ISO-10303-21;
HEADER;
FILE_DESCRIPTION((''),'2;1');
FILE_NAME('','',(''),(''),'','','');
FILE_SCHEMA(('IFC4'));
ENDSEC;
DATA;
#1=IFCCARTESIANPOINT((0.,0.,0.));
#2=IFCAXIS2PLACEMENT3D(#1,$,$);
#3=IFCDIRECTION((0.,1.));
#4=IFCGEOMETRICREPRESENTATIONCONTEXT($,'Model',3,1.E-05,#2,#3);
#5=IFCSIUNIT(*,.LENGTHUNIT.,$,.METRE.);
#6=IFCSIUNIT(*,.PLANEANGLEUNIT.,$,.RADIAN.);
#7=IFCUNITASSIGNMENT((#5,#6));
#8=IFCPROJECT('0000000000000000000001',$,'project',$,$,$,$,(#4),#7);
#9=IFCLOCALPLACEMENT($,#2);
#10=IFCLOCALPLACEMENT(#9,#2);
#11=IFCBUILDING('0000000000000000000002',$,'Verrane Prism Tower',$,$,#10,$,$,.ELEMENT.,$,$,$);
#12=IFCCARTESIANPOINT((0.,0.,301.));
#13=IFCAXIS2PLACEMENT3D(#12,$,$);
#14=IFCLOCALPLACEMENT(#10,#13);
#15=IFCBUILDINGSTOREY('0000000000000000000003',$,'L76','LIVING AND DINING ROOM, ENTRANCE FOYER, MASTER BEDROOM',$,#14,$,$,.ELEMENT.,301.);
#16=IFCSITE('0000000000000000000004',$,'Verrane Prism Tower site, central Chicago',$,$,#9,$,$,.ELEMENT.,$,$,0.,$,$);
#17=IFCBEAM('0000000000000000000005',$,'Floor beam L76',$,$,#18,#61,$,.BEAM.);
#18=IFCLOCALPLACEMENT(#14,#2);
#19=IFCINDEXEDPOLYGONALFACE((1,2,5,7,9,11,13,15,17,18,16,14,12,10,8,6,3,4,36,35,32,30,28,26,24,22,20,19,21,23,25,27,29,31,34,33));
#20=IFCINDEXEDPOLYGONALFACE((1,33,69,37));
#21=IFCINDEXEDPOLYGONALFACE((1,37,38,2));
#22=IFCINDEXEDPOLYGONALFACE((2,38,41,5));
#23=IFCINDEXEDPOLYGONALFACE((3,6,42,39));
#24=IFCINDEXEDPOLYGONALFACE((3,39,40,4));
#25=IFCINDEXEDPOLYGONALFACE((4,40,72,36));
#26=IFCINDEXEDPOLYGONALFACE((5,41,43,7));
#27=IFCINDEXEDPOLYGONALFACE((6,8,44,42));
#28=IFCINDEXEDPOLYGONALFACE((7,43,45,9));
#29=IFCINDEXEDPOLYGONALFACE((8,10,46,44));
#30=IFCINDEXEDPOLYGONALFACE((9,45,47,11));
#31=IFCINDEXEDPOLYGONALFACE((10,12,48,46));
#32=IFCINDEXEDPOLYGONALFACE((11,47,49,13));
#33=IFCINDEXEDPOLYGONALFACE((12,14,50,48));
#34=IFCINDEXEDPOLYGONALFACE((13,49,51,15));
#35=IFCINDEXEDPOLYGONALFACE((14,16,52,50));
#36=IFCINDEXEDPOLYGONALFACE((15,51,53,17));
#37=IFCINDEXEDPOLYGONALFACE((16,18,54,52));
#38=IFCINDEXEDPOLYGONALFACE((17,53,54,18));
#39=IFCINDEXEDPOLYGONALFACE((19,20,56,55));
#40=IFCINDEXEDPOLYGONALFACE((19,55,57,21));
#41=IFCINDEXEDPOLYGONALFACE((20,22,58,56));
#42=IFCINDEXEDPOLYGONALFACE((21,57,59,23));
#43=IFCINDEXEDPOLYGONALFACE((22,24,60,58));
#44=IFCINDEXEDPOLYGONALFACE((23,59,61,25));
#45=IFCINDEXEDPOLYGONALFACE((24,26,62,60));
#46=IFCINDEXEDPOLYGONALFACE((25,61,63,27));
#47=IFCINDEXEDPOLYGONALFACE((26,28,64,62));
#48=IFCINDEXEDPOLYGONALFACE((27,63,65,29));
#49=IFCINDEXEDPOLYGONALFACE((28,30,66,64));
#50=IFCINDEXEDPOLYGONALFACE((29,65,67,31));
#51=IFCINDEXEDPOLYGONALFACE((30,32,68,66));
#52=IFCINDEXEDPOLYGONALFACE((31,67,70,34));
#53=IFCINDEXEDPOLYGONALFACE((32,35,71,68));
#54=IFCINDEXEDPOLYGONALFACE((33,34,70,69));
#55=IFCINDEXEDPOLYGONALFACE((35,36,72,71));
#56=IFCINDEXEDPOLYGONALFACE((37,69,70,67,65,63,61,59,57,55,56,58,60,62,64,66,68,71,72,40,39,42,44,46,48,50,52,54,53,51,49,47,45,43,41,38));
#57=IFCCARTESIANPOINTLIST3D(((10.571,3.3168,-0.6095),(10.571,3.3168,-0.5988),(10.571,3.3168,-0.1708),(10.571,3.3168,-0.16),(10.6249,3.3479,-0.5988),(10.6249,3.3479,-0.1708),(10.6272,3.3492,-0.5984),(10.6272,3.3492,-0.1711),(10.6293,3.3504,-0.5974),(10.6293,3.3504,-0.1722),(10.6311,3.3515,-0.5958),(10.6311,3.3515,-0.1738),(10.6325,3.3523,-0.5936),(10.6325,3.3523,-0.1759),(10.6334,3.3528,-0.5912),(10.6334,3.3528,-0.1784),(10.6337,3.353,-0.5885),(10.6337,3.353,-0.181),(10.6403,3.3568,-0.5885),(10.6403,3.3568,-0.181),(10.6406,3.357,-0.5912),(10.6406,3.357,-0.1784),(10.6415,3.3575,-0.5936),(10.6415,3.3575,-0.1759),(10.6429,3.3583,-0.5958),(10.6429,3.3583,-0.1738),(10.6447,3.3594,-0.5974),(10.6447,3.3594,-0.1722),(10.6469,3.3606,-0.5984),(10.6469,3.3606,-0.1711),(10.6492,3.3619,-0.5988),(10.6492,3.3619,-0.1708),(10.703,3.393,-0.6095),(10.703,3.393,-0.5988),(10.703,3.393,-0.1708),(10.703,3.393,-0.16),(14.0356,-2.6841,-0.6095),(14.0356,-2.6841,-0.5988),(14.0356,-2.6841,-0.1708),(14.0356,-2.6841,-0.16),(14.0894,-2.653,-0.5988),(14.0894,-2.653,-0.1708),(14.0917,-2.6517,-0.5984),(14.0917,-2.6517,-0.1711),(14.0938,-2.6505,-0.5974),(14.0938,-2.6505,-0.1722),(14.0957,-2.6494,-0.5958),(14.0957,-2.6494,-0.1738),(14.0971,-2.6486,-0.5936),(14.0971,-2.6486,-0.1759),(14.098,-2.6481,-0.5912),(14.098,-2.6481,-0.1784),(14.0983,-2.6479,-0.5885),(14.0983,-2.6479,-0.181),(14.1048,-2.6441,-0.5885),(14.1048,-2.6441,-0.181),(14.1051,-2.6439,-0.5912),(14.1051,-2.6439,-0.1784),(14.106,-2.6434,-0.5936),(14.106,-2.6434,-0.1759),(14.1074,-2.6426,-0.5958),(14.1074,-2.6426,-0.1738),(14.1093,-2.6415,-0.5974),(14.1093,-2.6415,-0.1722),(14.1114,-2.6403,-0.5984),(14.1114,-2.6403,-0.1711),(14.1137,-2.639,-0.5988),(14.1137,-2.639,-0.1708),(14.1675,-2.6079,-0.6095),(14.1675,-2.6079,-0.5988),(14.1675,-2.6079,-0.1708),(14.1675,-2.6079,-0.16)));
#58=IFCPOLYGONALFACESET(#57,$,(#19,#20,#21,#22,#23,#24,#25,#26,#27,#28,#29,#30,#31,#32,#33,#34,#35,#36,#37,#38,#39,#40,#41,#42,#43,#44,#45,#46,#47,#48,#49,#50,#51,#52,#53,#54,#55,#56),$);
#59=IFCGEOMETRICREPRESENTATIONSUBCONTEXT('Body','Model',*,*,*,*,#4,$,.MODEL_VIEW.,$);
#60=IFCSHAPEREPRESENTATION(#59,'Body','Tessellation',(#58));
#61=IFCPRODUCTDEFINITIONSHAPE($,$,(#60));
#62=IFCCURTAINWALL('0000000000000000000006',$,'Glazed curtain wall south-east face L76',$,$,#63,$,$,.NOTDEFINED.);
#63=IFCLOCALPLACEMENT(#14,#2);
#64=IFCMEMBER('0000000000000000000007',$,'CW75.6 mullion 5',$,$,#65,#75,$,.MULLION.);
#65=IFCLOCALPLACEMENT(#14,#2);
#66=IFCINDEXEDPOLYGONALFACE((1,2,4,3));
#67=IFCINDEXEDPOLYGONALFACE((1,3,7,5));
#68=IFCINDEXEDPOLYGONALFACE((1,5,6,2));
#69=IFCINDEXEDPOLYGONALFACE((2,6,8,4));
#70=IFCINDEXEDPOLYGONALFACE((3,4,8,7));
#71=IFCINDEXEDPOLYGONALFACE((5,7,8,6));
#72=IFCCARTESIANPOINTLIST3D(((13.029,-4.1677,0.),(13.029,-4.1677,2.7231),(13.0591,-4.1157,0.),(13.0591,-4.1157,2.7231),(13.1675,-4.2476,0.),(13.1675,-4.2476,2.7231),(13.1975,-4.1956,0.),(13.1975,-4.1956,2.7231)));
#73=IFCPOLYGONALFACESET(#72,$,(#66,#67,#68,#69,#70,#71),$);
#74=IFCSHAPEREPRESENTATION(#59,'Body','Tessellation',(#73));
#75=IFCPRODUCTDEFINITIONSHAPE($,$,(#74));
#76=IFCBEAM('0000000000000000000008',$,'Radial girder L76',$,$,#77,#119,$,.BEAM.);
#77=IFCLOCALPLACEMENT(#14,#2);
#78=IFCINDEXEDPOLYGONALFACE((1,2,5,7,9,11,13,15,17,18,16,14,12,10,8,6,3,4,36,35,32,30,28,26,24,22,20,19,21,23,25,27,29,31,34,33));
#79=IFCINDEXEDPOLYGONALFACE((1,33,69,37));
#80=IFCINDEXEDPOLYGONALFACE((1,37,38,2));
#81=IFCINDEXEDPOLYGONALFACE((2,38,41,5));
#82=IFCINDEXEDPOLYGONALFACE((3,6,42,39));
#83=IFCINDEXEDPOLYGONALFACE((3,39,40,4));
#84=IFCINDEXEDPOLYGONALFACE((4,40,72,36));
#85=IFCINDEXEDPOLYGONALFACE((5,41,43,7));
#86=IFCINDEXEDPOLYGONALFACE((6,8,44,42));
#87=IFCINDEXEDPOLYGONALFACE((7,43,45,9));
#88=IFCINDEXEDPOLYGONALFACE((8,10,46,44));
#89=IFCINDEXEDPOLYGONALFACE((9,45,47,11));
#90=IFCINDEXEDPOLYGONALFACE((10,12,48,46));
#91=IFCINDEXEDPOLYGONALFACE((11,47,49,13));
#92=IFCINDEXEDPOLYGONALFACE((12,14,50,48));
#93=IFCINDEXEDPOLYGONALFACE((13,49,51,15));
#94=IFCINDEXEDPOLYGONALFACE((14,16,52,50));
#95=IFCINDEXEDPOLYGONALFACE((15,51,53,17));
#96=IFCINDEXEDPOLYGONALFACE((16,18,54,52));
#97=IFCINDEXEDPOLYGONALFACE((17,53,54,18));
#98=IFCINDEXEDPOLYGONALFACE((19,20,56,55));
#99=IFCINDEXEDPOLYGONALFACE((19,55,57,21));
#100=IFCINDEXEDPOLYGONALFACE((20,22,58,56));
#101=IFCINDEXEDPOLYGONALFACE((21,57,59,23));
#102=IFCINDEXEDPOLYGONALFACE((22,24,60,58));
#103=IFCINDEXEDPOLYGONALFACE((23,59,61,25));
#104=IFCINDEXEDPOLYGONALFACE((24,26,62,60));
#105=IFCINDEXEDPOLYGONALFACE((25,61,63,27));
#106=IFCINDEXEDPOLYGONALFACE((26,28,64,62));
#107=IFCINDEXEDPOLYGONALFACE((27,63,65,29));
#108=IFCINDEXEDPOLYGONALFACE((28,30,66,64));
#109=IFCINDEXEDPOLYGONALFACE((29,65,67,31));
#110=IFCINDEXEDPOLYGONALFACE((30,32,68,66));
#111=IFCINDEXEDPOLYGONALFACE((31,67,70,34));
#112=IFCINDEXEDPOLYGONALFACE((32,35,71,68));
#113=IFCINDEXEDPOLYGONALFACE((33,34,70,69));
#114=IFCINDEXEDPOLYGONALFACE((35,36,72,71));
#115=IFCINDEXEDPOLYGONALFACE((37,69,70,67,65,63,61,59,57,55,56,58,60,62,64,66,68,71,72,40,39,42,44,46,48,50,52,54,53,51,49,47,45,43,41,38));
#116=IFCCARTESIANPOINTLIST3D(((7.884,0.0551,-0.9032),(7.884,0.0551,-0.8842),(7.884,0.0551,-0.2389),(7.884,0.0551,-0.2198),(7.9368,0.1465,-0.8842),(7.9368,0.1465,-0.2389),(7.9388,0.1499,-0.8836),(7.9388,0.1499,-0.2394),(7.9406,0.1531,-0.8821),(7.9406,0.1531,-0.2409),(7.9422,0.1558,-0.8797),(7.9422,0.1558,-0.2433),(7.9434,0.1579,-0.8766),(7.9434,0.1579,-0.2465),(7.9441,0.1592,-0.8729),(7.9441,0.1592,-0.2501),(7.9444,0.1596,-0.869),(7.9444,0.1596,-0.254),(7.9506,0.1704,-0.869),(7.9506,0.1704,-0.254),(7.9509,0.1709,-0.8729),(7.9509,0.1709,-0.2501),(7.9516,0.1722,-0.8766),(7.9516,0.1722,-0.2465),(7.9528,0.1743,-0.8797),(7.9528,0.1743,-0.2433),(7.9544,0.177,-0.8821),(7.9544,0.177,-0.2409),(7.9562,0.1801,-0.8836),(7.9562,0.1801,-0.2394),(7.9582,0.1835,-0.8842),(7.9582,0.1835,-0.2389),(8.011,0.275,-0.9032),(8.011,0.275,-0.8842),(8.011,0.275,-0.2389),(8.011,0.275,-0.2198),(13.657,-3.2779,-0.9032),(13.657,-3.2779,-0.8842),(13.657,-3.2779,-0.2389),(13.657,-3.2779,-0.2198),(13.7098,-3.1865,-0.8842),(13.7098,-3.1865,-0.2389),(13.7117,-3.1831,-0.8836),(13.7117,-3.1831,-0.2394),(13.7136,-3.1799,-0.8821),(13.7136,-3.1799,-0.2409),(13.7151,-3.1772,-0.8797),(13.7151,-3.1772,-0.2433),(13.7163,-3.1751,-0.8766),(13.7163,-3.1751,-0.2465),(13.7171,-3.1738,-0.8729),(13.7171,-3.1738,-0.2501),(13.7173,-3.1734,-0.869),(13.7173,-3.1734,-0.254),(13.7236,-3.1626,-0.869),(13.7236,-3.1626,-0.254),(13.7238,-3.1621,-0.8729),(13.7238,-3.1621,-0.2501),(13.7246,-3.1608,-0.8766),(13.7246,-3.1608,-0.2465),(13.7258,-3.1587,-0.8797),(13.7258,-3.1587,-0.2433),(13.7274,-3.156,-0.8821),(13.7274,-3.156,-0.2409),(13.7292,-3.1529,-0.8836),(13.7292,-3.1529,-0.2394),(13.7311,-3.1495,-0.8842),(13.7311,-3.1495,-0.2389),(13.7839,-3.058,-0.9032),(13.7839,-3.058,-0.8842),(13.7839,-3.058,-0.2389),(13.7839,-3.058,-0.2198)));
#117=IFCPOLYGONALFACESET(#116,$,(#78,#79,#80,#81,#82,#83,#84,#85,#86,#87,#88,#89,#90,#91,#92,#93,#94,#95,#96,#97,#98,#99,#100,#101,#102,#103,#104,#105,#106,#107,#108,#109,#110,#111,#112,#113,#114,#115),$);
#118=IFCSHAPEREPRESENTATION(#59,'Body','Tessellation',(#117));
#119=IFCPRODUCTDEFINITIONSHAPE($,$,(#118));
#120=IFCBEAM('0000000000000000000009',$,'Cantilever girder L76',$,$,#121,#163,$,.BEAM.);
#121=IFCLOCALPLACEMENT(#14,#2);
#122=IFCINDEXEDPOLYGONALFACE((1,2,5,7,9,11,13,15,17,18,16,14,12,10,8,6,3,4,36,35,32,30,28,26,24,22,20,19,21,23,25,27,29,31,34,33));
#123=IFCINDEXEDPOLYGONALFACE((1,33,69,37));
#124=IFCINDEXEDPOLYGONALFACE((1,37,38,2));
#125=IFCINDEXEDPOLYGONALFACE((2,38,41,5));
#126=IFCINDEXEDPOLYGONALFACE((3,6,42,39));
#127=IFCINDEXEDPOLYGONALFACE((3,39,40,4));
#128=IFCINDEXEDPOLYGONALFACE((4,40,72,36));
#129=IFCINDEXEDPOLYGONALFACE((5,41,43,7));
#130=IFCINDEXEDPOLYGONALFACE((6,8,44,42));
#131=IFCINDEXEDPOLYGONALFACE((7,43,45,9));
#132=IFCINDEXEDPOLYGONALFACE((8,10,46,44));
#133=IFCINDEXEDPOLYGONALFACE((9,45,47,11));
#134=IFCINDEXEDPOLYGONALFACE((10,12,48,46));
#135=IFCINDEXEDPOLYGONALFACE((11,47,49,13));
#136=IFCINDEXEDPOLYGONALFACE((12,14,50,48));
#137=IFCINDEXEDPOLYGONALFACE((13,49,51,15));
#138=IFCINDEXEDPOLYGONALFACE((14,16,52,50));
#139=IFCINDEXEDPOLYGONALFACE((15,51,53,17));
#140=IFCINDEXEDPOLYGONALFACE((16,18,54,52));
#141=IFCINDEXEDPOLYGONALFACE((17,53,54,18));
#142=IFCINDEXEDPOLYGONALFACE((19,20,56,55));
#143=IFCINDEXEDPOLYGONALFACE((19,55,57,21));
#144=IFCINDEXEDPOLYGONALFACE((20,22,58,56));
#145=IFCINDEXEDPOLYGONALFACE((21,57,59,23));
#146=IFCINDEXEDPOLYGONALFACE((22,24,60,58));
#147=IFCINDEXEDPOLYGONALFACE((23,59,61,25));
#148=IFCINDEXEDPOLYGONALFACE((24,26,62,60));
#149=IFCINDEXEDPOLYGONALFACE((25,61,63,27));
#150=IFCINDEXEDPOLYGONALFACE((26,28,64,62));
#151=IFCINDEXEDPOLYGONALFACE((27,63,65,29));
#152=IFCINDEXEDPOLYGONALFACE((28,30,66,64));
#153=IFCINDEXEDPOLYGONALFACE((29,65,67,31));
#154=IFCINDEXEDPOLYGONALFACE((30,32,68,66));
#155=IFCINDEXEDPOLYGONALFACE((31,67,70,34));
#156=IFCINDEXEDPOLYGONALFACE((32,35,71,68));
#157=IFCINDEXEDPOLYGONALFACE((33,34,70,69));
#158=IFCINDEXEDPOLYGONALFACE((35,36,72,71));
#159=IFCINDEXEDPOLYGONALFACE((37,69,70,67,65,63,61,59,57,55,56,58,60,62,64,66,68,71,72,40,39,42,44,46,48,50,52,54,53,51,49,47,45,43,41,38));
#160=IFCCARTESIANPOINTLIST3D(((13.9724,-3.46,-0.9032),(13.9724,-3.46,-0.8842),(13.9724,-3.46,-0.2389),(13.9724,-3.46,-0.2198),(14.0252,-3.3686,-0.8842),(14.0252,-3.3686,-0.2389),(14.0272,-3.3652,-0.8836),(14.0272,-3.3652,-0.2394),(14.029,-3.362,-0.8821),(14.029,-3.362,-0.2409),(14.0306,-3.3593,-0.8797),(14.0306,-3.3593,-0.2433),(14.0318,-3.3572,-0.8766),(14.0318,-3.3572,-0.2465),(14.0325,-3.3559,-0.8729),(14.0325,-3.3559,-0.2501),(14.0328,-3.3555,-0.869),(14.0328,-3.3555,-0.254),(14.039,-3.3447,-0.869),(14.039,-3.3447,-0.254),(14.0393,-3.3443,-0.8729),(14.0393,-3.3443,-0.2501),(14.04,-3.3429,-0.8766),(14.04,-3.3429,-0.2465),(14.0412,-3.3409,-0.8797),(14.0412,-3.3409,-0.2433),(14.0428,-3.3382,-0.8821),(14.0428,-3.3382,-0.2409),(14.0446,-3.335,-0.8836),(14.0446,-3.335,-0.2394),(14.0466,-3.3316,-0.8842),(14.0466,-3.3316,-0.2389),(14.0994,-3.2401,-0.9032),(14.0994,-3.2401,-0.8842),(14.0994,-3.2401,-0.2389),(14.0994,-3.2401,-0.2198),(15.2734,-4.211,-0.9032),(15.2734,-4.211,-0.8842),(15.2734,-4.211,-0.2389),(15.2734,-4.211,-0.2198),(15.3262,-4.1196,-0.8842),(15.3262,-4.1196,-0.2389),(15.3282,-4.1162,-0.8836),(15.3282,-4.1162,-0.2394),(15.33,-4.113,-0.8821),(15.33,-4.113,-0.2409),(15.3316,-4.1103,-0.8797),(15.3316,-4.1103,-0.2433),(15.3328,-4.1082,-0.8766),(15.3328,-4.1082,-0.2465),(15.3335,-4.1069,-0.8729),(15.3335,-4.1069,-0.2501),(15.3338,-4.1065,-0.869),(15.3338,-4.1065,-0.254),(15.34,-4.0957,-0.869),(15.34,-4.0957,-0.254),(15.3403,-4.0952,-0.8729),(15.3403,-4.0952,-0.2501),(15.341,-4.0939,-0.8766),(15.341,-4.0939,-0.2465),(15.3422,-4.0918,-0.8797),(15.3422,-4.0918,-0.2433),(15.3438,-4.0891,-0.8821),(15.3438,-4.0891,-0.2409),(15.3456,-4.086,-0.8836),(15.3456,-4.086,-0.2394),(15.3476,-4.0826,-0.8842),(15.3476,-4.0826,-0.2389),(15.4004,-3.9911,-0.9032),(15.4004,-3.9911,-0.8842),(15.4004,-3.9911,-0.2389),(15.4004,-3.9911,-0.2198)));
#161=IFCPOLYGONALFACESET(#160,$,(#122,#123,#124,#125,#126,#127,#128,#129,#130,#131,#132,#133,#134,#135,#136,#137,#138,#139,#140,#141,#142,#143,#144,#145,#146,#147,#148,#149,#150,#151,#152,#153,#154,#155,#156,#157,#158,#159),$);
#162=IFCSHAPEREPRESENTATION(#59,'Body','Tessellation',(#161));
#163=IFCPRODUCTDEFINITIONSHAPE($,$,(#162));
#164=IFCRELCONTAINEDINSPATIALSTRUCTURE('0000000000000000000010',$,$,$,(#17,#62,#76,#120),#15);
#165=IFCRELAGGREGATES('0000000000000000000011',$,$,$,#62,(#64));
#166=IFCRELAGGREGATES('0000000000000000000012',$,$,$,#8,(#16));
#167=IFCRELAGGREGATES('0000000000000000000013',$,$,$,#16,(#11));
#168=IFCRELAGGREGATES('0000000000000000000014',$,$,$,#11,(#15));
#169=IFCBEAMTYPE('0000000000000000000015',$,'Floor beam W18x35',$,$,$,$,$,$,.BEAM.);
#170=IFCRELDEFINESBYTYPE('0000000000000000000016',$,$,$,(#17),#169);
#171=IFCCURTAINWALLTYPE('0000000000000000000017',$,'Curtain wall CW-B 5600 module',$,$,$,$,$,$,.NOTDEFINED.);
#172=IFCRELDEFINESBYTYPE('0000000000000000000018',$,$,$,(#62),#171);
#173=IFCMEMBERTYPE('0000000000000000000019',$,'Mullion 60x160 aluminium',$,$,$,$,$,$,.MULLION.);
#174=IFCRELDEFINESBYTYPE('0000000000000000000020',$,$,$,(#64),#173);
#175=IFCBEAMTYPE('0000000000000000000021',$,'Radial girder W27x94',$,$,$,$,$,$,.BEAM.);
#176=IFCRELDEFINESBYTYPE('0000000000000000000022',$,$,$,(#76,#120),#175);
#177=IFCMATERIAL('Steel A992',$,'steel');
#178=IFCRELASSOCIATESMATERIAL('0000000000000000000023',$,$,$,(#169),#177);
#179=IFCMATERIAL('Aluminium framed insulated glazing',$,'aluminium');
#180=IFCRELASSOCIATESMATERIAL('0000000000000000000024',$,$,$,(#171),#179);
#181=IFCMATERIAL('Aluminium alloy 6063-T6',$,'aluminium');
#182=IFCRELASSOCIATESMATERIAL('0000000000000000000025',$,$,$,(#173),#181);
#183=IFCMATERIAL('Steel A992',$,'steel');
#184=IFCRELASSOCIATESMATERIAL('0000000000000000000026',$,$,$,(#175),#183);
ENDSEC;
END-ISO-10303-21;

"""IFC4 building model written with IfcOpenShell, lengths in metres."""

from ifc_helpers import new_model, si_unit, direction, frame, origin, origin_2d, place, context, subcontext, project, spatial, rectangle, i_section, extrude, material, material_profile, profile_set, type_object, element, aggregate, save


model = new_model("IFC4")

# Units and contexts
model_context = context("Model", 3, precision=1e-05, world=origin(), true_north=direction((0.0, 1.0)))
body_context = subcontext(model_context, "Body", "Model", "MODEL_VIEW")
ifc_project = project(units=[si_unit("LENGTHUNIT", "METRE"), si_unit("PLANEANGLEUNIT", "RADIAN")], contexts=[model_context])

# Site, building, storey
site_placement = place(None, origin())
site = spatial("IfcSite", under=ifc_project, at=site_placement, Name="Verrane Prism Tower site, central Chicago", CompositionType="ELEMENT", RefElevation=0.0)
building_placement = place(site_placement, origin())
building = spatial("IfcBuilding", under=site, at=building_placement, Name="Verrane Prism Tower", CompositionType="ELEMENT")
storey_placement = place(building_placement, frame((0.0, 0.0, 301.0)))
storey = spatial("IfcBuildingStorey", under=building, at=storey_placement, Name="L76", Description="LIVING AND DINING ROOM, ENTRANCE FOYER, MASTER BEDROOM", CompositionType="ELEMENT", Elevation=301.0)

# Beam
ifc_material_1 = material(Name="Steel A992", Category="steel")
ifc_material_profile_1 = material_profile(ifc_material_1, i_section(OverallWidth=0.1523, OverallDepth=0.4495, WebThickness=0.0076, FlangeThickness=0.0107, FilletRadius=0.0103, at=origin_2d()), Name="W18x35")
ifc_profile_set_1 = profile_set([ifc_material_profile_1], Name="Steel A992")
beam_type_1 = type_object("IfcBeamType", Name="Floor beam W18x35", PredefinedType="BEAM", material=ifc_profile_set_1)
beam_1_placement = place(storey_placement, frame((14.1016, -2.646, -0.3848), z_axis=(-0.499993, 0.86603, 0.0), x_axis=(-0.86603, -0.499993, 0.0)))
element("IfcBeam", 1, at=beam_1_placement, inside=storey, type_object=beam_type_1, Name="Floor beam L76", PredefinedType="BEAM", context=body_context, shape_type="SweptSolid", body=[
    extrude(i_section(OverallWidth=0.1523, OverallDepth=0.4495, WebThickness=0.0076, FlangeThickness=0.0107, FilletRadius=0.0103, at=origin_2d()), origin(), (0.0, 0.0, 1.0), 6.9292),
])

# Curtain wall, member
ifc_material_2 = material(Name="Aluminium framed insulated glazing", Category="aluminium")
curtain_wall_type = type_object("IfcCurtainWallType", Name="Curtain wall CW-B 5600 module", PredefinedType="NOTDEFINED", material=ifc_material_2)
curtain_wall_placement = place(storey_placement, origin())
curtain_wall = element("IfcCurtainWall", 2, at=curtain_wall_placement, inside=storey, type_object=curtain_wall_type, Name="Glazed curtain wall south-east face L76", PredefinedType="NOTDEFINED")
ifc_material_3 = material(Name="Aluminium alloy 6063-T6", Category="aluminium")
ifc_material_profile_2 = material_profile(ifc_material_3, rectangle(XDim=0.1599, YDim=0.0601, at=origin_2d()), Name="Mullion 60x160 aluminium")
ifc_profile_set_2 = profile_set([ifc_material_profile_2], Name="Aluminium alloy 6063-T6")
member_type_1 = type_object("IfcMemberType", Name="Mullion 60x160 aluminium", PredefinedType="MULLION", material=ifc_profile_set_2)
member_1_placement = place(storey_placement, frame((13.1133, -4.1816, 0.0), z_axis=(0.0, 0.0, 1.0), x_axis=(-0.866025, 0.500001, 0.0)))
member_1 = element("IfcMember", 3, at=member_1_placement, type_object=member_type_1, Name="CW75.6 mullion 5", PredefinedType="MULLION", context=body_context, shape_type="SweptSolid", body=[
    extrude(rectangle(XDim=0.1599, YDim=0.0601, at=origin_2d()), origin(), (0.0, 0.0, 1.0), 2.7231),
])

# Beams
ifc_material_4 = material(Name="Steel A992", Category="steel")
ifc_material_profile_3 = material_profile(ifc_material_4, i_section(OverallWidth=0.2539, OverallDepth=0.6833, WebThickness=0.0125, FlangeThickness=0.019, FilletRadius=0.0151, at=origin_2d()), Name="W27x94")
ifc_profile_set_3 = profile_set([ifc_material_profile_3], Name="Steel A992")
beam_type_2 = type_object("IfcBeamType", Name="Radial girder W27x94", PredefinedType="BEAM", material=ifc_profile_set_3)
beam_2_placement = place(storey_placement, frame((13.7205, -3.168, -0.5615), z_axis=(-0.866026, 0.499999, 0.0), x_axis=(-0.499999, -0.866026, 0.0)))
element("IfcBeam", 4, at=beam_2_placement, inside=storey, type_object=beam_type_2, Name="Radial girder L76", PredefinedType="BEAM", context=body_context, shape_type="SweptSolid", body=[
    extrude(i_section(OverallWidth=0.2539, OverallDepth=0.6833, WebThickness=0.0125, FlangeThickness=0.019, FilletRadius=0.0151, at=origin_2d()), origin(), (0.0, 0.0, 1.0), 6.666),
])
beam_3_placement = place(storey_placement, frame((14.0359, -3.3501, -0.5615), z_axis=(0.866075, -0.499915, 0.0), x_axis=(0.499915, 0.866075, 0.0)))
element("IfcBeam", 5, at=beam_3_placement, inside=storey, type_object=beam_type_2, Name="Cantilever girder L76", PredefinedType="BEAM", context=body_context, shape_type="SweptSolid", body=[
    extrude(i_section(OverallWidth=0.2539, OverallDepth=0.6833, WebThickness=0.0125, FlangeThickness=0.019, FilletRadius=0.0151, at=origin_2d()), origin(), (0.0, 0.0, 1.0), 1.5022),
])

aggregate(curtain_wall, [member_1])

save(model, "model.ifc")
